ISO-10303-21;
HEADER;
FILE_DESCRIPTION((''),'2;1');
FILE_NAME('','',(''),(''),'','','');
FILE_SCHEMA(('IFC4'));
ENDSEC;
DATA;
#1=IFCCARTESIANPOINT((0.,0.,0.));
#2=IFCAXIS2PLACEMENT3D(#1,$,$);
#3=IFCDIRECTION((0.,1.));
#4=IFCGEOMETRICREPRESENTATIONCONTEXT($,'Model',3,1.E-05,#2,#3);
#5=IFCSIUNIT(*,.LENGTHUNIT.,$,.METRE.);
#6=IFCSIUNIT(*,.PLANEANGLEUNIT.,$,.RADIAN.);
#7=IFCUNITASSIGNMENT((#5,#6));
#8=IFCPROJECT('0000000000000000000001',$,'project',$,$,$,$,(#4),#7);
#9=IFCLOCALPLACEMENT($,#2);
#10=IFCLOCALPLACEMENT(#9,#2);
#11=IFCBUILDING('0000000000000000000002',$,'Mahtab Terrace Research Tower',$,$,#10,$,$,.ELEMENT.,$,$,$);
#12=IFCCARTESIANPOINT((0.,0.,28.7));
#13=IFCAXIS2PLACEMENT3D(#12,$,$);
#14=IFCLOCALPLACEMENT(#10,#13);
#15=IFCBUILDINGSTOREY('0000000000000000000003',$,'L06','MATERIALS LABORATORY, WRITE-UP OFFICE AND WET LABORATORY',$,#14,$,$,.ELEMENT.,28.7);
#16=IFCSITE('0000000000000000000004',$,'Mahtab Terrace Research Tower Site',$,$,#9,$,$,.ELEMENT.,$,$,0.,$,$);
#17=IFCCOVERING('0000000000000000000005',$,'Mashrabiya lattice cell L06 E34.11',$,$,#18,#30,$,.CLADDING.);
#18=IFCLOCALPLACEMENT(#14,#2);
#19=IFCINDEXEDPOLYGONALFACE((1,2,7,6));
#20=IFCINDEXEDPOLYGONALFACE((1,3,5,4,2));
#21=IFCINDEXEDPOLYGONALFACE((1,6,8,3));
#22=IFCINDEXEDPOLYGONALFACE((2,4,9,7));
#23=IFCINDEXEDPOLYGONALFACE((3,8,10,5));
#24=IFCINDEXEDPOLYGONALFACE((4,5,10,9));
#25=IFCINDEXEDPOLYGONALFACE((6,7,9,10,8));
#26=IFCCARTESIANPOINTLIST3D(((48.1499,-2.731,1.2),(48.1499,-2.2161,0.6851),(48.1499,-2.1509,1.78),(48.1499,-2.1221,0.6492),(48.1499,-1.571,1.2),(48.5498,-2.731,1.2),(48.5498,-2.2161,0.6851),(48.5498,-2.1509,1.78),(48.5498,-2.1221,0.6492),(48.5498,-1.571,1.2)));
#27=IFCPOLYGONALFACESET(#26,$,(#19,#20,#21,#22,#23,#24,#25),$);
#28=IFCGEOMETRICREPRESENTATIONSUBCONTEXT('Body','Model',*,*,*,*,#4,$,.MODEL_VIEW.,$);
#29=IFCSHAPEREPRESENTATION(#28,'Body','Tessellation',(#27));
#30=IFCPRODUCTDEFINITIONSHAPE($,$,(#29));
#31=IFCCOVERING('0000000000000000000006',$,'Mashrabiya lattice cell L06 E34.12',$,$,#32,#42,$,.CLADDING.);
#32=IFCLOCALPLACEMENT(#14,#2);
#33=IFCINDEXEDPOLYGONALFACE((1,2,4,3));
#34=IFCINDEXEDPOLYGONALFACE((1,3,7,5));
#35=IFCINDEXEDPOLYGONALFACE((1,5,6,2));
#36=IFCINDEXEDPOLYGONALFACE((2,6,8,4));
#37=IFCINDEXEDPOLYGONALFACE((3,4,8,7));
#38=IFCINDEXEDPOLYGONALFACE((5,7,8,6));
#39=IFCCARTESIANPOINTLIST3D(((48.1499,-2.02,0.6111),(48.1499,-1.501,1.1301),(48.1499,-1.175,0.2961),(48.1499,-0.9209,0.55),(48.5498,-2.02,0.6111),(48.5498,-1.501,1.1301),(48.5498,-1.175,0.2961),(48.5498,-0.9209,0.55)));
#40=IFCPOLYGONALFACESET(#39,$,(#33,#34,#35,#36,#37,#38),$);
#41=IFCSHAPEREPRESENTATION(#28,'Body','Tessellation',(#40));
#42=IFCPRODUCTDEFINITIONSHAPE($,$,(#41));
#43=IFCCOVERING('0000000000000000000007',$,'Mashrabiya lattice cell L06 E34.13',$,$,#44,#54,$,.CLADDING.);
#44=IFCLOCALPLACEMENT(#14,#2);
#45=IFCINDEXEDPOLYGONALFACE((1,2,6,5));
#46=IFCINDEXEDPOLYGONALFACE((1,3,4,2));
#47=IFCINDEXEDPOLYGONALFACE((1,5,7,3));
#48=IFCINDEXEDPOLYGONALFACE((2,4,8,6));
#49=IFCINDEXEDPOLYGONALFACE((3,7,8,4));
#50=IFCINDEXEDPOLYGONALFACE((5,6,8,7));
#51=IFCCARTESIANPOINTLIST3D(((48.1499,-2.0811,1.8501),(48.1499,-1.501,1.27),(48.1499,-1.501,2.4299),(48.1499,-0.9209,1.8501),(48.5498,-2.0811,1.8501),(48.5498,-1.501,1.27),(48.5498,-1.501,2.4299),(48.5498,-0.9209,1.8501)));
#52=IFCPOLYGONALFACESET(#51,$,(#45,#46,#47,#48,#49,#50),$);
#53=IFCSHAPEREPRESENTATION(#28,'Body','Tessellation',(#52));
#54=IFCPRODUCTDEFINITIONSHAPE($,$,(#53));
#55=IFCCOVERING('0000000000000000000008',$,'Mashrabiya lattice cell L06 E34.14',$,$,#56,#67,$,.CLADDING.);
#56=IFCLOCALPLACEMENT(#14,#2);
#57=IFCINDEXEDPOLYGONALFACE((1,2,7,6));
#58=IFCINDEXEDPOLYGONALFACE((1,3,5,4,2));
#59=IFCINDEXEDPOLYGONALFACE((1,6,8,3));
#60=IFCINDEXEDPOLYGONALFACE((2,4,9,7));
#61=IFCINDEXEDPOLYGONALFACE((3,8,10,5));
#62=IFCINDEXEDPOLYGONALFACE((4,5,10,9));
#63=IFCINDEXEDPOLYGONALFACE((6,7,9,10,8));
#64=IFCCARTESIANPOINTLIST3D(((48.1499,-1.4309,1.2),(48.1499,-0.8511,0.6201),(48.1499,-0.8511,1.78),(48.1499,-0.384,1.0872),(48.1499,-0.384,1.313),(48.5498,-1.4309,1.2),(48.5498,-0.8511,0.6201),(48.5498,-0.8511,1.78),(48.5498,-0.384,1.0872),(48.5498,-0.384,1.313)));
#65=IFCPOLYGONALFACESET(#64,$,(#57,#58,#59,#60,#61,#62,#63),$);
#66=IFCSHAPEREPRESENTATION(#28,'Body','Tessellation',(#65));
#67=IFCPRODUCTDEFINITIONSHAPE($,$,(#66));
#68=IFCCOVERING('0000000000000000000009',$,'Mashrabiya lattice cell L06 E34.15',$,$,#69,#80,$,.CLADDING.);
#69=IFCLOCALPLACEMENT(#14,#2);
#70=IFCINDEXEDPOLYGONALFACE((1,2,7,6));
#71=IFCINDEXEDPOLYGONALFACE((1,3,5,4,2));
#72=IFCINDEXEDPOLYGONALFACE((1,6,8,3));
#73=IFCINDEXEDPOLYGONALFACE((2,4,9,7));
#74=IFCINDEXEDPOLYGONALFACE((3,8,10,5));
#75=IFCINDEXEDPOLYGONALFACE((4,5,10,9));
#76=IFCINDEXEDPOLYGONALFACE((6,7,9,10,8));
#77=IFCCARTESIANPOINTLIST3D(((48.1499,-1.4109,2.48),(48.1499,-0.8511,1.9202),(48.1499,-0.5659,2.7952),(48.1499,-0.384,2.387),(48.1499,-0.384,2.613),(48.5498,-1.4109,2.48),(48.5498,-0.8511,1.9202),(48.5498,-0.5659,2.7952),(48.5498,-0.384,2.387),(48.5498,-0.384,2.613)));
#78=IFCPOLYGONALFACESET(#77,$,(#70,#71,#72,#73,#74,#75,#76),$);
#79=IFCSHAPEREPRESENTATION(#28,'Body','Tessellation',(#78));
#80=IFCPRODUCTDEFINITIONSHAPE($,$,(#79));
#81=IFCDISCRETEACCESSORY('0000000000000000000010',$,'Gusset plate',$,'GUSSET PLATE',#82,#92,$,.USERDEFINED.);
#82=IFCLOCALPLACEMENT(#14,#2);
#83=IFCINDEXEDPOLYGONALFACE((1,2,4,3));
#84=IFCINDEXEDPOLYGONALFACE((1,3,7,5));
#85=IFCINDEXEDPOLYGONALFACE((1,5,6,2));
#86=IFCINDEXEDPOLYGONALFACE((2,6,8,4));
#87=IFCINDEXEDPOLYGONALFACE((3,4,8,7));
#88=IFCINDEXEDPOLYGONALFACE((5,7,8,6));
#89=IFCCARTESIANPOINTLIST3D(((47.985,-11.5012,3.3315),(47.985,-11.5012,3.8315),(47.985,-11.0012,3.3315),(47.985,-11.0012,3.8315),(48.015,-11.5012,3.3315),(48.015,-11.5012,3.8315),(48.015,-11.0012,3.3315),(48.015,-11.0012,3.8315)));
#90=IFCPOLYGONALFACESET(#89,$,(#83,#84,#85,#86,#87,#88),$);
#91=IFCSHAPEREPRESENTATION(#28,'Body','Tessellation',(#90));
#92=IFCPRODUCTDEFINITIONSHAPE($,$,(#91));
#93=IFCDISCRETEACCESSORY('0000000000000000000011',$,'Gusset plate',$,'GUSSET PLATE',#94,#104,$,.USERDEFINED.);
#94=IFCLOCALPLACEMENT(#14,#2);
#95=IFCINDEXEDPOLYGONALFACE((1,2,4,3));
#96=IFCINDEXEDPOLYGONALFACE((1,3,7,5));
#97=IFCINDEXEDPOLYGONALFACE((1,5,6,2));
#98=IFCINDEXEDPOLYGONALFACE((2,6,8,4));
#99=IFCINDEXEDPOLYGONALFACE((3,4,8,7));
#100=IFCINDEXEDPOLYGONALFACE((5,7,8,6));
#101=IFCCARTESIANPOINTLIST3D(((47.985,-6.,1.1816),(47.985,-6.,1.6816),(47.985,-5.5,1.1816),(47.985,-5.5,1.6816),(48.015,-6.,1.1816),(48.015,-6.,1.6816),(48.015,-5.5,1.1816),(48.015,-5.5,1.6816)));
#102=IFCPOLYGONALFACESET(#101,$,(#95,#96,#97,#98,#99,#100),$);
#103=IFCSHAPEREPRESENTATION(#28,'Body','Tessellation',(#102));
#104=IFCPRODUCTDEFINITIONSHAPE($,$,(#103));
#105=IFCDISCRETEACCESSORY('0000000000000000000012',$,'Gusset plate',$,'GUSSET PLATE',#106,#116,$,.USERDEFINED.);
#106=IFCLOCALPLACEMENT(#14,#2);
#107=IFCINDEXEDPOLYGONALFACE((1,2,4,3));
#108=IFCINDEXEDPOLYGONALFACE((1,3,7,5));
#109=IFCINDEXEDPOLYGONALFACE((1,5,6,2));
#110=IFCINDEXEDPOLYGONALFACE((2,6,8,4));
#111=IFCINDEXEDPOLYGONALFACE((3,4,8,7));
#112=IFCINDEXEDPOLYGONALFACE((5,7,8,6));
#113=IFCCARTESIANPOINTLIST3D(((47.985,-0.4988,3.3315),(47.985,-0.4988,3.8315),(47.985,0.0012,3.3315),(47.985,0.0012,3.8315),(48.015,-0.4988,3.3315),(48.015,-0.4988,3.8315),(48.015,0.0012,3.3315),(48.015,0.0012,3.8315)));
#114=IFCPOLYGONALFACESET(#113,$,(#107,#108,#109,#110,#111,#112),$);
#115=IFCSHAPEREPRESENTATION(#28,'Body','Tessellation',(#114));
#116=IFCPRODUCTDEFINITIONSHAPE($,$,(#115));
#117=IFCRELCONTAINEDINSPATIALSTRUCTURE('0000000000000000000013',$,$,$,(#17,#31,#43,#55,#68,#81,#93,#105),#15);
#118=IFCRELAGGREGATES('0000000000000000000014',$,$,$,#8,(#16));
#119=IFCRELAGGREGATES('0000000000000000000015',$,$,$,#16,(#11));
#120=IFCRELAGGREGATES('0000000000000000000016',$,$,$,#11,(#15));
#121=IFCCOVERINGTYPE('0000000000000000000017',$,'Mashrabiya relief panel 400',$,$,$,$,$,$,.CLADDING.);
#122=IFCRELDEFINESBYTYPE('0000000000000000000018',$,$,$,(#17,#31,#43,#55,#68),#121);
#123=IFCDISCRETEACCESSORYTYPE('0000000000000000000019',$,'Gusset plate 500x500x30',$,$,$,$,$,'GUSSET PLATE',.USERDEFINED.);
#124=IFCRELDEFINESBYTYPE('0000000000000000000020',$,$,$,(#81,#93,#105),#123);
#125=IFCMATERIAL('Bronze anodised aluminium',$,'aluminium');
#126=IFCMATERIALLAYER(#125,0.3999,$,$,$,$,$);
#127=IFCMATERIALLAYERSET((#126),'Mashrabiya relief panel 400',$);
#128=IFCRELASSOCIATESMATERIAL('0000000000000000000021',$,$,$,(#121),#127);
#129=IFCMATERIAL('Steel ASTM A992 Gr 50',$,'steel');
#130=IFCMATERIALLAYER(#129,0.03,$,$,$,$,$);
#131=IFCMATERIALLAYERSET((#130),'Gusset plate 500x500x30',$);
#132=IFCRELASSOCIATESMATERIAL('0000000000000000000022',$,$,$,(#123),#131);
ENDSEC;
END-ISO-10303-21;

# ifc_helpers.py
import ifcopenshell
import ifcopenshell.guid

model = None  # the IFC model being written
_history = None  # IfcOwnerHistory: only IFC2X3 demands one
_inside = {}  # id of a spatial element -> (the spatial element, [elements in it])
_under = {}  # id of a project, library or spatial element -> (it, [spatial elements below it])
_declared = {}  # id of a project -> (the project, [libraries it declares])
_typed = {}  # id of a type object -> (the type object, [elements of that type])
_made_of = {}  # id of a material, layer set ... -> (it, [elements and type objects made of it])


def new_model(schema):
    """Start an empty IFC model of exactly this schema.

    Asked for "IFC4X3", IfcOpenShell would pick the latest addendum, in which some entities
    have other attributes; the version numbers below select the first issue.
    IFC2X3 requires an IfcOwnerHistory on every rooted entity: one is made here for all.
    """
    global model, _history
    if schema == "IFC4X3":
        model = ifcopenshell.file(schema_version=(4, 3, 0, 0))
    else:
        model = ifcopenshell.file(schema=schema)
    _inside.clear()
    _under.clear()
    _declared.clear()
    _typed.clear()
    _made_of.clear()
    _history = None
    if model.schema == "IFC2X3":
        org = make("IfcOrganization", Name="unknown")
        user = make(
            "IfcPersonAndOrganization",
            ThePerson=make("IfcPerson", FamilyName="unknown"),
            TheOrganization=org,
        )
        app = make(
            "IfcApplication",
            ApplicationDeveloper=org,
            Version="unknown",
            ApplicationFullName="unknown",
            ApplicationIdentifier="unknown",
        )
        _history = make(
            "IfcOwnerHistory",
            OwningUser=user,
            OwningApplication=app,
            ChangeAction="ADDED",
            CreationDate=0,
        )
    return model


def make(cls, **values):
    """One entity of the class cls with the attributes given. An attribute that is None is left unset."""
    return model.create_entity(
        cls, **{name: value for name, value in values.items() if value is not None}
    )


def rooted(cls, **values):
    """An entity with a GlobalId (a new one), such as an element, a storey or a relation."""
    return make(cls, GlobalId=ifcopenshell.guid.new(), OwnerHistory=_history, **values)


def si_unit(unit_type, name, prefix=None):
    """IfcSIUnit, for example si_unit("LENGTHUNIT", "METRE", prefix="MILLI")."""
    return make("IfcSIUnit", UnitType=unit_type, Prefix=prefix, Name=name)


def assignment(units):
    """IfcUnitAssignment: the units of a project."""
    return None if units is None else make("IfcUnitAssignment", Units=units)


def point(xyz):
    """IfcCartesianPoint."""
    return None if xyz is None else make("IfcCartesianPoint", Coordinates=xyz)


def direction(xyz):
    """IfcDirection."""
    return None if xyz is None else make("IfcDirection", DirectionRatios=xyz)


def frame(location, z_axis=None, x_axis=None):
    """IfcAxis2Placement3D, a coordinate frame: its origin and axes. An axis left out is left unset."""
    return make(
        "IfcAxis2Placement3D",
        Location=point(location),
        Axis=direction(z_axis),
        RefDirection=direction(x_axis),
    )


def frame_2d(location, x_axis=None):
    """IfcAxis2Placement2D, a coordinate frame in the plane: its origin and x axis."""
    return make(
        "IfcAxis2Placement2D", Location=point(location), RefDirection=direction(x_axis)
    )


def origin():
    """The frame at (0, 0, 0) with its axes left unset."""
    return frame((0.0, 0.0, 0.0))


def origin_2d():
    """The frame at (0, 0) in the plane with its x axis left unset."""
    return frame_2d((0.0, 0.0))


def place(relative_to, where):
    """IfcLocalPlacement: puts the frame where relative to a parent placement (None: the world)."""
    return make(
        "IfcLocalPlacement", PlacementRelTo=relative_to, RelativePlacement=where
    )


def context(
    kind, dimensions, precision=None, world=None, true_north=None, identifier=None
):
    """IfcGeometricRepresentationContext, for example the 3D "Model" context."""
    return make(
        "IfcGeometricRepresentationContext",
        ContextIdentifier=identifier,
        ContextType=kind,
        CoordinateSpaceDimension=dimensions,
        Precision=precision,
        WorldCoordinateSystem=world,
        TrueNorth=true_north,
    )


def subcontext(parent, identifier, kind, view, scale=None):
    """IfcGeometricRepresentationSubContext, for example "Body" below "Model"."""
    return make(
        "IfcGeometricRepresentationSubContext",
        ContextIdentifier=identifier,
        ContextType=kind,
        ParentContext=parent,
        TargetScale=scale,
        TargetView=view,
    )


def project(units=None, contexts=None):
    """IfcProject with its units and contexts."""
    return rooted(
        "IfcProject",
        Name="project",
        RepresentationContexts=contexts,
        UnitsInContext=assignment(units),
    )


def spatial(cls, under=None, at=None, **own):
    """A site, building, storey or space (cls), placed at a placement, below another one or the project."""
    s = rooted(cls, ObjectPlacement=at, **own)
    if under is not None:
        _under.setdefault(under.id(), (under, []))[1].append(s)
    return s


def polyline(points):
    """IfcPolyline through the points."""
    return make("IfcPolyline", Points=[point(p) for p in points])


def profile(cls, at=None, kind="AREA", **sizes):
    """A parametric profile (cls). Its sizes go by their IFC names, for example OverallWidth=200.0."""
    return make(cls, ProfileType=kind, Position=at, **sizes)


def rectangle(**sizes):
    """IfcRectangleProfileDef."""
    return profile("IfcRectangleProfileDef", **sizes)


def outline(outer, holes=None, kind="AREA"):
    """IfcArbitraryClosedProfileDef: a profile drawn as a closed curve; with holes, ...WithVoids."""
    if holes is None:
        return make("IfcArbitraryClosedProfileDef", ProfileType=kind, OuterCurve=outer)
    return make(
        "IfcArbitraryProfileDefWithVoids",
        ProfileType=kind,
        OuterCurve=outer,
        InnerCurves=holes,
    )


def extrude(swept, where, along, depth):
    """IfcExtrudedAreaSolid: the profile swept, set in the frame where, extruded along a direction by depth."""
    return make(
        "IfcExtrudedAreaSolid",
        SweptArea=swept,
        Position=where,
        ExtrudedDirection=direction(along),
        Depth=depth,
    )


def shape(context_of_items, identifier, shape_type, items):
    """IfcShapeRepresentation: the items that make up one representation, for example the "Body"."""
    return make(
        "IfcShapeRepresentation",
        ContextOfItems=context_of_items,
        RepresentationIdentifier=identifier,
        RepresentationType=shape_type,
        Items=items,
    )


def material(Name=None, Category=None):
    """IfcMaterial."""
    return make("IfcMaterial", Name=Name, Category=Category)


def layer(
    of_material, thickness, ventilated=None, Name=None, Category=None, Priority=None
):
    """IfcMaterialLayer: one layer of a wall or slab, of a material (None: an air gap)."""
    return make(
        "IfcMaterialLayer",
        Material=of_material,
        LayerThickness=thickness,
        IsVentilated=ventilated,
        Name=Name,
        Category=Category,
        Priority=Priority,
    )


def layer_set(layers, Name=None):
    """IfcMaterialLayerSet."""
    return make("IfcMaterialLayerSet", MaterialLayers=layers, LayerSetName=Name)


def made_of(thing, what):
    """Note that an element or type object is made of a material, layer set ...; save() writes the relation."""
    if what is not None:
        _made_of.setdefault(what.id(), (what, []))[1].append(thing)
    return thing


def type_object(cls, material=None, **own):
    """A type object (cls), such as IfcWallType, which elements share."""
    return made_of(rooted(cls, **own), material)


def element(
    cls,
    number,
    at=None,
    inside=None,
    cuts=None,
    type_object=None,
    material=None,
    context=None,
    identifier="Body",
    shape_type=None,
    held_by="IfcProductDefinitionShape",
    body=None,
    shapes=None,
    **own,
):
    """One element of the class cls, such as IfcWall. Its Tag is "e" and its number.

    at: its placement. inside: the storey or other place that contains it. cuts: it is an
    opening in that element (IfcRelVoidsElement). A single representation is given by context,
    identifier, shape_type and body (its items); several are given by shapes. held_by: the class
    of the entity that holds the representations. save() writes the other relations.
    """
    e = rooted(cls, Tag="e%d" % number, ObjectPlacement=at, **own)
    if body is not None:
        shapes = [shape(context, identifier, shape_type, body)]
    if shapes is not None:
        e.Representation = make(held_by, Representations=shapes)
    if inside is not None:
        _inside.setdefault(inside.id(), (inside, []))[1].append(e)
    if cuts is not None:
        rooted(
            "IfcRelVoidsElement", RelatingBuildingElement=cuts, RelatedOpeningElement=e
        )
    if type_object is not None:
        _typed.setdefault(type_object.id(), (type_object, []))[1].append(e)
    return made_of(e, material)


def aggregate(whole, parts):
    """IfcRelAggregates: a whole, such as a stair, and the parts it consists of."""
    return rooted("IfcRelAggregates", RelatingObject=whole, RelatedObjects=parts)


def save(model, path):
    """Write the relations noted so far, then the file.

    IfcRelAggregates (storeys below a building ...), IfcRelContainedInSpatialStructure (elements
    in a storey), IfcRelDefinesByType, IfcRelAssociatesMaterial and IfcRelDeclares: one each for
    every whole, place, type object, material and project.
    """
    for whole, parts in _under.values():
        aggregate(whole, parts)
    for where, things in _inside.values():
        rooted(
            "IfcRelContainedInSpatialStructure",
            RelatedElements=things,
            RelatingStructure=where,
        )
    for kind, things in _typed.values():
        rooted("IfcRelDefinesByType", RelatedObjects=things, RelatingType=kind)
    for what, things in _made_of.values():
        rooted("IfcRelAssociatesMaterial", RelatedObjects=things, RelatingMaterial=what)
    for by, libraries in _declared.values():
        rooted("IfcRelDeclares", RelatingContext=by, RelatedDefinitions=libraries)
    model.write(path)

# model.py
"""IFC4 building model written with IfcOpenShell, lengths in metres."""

from ifc_helpers import new_model, si_unit, direction, frame, origin, origin_2d, place, context, subcontext, project, spatial, polyline, rectangle, outline, extrude, material, layer, layer_set, type_object, element, save


model = new_model("IFC4")

# Units and contexts
model_context = context("Model", 3, precision=1e-05, world=origin(), true_north=direction((0.0, 1.0)))
body_context = subcontext(model_context, "Body", "Model", "MODEL_VIEW")
ifc_project = project(units=[si_unit("LENGTHUNIT", "METRE"), si_unit("PLANEANGLEUNIT", "RADIAN")], contexts=[model_context])

# Site, building, storey
site_placement = place(None, origin())
site = spatial("IfcSite", under=ifc_project, at=site_placement, Name="Mahtab Terrace Research Tower Site", CompositionType="ELEMENT", RefElevation=0.0)
building_placement = place(site_placement, origin())
building = spatial("IfcBuilding", under=site, at=building_placement, Name="Mahtab Terrace Research Tower", CompositionType="ELEMENT")
storey_placement = place(building_placement, frame((0.0, 0.0, 28.7)))
storey = spatial("IfcBuildingStorey", under=building, at=storey_placement, Name="L06", Description="MATERIALS LABORATORY, WRITE-UP OFFICE AND WET LABORATORY", CompositionType="ELEMENT", Elevation=28.7)

# Shared definitions
ifc_material_1 = material(Name="Steel ASTM A992 Gr 50", Category="steel")

# Coverings
ifc_material_2 = material(Name="Bronze anodised aluminium", Category="aluminium")
ifc_layer_1 = layer(ifc_material_2, 0.3999)
ifc_layer_set_1 = layer_set([ifc_layer_1], Name="Mashrabiya relief panel 400")
covering_type = type_object("IfcCoveringType", Name="Mashrabiya relief panel 400", PredefinedType="CLADDING", material=ifc_layer_set_1)
covering_1_placement = place(storey_placement, frame((48.1499, -2.731, 1.2), z_axis=(-1.0, 0.0, 0.0), x_axis=(0.0, 0.707107, 0.707107)))
element("IfcCovering", 1, at=covering_1_placement, inside=storey, type_object=covering_type, Name="Mashrabiya lattice cell L06 E34.11", PredefinedType="CLADDING", context=body_context, shape_type="SweptSolid", body=[
    extrude(outline(polyline([(0.0, 0.0), (0.8204, 0.0), (0.8202, 0.8202), (0.0411, 0.82), (0.0, 0.7282), (0.0, 0.0)])), origin(), (0.0, 0.0, -1.0), 0.3999),
])
covering_2_placement = place(storey_placement, frame((48.1499, -1.501, 1.1301), z_axis=(-1.0, 0.0, 0.0), x_axis=(0.0, 0.707107, -0.707107)))
element("IfcCovering", 2, at=covering_2_placement, inside=storey, type_object=covering_type, Name="Mashrabiya lattice cell L06 E34.12", PredefinedType="CLADDING", context=body_context, shape_type="SweptSolid", body=[
    extrude(outline(polyline([(0.0, 0.0), (0.8204, 0.0), (0.8202, 0.3593), (0.0, 0.734), (0.0, 0.0)])), origin(), (0.0, 0.0, -1.0), 0.3999),
])
covering_3_placement = place(storey_placement, frame((48.1499, -1.501, 2.4299), z_axis=(-1.0, 0.0, 0.0), x_axis=(0.0, 0.707256, -0.706958)))
element("IfcCovering", 3, at=covering_3_placement, inside=storey, type_object=covering_type, Name="Mashrabiya lattice cell L06 E34.13", PredefinedType="CLADDING", context=body_context, shape_type="SweptSolid", body=[
    extrude(outline(polyline([(0.0, 0.0), (0.8202, 0.0), (0.82, 0.8204), (-0.0003, 0.8202), (0.0, 0.0)])), origin(), (0.0, 0.0, -1.0), 0.3999),
])
covering_4_placement = place(storey_placement, frame((48.1499, -0.8511, 0.6201), z_axis=(-1.0, 0.0, 0.0), x_axis=(0.0, -0.707107, 0.707107)))
element("IfcCovering", 4, at=covering_4_placement, inside=storey, type_object=covering_type, Name="Mashrabiya lattice cell L06 E34.14", PredefinedType="CLADDING", context=body_context, shape_type="SweptSolid", body=[
    extrude(outline(polyline([(0.0, 0.0), (0.82, 0.0), (0.8202, 0.8202), (0.1597, 0.8202), (0.0, 0.6605), (0.0, 0.0)])), origin(), (0.0, 0.0, -1.0), 0.3999),
])
covering_5_placement = place(storey_placement, frame((48.1499, -0.8511, 1.9202), z_axis=(-1.0, 0.0, 0.0), x_axis=(0.0, -0.707107, 0.707107)))
element("IfcCovering", 5, at=covering_5_placement, inside=storey, type_object=covering_type, Name="Mashrabiya lattice cell L06 E34.15", PredefinedType="CLADDING", context=body_context, shape_type="SweptSolid", body=[
    extrude(outline(polyline([(0.0, 0.0), (0.7917, 0.0), (0.4171, 0.8204), (0.1597, 0.8202), (-0.0002, 0.6603), (0.0, 0.0)])), origin(), (0.0, 0.0, -1.0), 0.3999),
])

# Discrete accessories
ifc_layer_2 = layer(ifc_material_1, 0.03)
ifc_layer_set_2 = layer_set([ifc_layer_2], Name="Gusset plate 500x500x30")
discrete_accessory_type = type_object("IfcDiscreteAccessoryType", Name="Gusset plate 500x500x30", ElementType="GUSSET PLATE", PredefinedType="USERDEFINED", material=ifc_layer_set_2)
for number, where, z_axis, x_axis, name in (
    (6, (48.0, -11.2512, 3.3315), (0.0, 0.0, 1.0), (0.0, 1.0, 0.0), "Gusset plate"),
    (7, (48.0, -5.75, 1.1816), (0.0, 0.0, 1.0), (0.0, 1.0, 0.0), "Gusset plate"),
    (8, (48.0, -0.2488, 3.3315), (0.0, 0.0, 1.0), (0.0, 1.0, 0.0), "Gusset plate"),
):
    element("IfcDiscreteAccessory", number, at=place(storey_placement, frame(where, z_axis=z_axis, x_axis=x_axis)), inside=storey, type_object=discrete_accessory_type, Name=name, ObjectType="GUSSET PLATE", PredefinedType="USERDEFINED", context=body_context, shape_type="SweptSolid", body=[
        extrude(rectangle(XDim=0.5, YDim=0.03, at=origin_2d()), origin(), (0.0, 0.0, 1.0), 0.5),
    ])

save(model, "model.ifc")
